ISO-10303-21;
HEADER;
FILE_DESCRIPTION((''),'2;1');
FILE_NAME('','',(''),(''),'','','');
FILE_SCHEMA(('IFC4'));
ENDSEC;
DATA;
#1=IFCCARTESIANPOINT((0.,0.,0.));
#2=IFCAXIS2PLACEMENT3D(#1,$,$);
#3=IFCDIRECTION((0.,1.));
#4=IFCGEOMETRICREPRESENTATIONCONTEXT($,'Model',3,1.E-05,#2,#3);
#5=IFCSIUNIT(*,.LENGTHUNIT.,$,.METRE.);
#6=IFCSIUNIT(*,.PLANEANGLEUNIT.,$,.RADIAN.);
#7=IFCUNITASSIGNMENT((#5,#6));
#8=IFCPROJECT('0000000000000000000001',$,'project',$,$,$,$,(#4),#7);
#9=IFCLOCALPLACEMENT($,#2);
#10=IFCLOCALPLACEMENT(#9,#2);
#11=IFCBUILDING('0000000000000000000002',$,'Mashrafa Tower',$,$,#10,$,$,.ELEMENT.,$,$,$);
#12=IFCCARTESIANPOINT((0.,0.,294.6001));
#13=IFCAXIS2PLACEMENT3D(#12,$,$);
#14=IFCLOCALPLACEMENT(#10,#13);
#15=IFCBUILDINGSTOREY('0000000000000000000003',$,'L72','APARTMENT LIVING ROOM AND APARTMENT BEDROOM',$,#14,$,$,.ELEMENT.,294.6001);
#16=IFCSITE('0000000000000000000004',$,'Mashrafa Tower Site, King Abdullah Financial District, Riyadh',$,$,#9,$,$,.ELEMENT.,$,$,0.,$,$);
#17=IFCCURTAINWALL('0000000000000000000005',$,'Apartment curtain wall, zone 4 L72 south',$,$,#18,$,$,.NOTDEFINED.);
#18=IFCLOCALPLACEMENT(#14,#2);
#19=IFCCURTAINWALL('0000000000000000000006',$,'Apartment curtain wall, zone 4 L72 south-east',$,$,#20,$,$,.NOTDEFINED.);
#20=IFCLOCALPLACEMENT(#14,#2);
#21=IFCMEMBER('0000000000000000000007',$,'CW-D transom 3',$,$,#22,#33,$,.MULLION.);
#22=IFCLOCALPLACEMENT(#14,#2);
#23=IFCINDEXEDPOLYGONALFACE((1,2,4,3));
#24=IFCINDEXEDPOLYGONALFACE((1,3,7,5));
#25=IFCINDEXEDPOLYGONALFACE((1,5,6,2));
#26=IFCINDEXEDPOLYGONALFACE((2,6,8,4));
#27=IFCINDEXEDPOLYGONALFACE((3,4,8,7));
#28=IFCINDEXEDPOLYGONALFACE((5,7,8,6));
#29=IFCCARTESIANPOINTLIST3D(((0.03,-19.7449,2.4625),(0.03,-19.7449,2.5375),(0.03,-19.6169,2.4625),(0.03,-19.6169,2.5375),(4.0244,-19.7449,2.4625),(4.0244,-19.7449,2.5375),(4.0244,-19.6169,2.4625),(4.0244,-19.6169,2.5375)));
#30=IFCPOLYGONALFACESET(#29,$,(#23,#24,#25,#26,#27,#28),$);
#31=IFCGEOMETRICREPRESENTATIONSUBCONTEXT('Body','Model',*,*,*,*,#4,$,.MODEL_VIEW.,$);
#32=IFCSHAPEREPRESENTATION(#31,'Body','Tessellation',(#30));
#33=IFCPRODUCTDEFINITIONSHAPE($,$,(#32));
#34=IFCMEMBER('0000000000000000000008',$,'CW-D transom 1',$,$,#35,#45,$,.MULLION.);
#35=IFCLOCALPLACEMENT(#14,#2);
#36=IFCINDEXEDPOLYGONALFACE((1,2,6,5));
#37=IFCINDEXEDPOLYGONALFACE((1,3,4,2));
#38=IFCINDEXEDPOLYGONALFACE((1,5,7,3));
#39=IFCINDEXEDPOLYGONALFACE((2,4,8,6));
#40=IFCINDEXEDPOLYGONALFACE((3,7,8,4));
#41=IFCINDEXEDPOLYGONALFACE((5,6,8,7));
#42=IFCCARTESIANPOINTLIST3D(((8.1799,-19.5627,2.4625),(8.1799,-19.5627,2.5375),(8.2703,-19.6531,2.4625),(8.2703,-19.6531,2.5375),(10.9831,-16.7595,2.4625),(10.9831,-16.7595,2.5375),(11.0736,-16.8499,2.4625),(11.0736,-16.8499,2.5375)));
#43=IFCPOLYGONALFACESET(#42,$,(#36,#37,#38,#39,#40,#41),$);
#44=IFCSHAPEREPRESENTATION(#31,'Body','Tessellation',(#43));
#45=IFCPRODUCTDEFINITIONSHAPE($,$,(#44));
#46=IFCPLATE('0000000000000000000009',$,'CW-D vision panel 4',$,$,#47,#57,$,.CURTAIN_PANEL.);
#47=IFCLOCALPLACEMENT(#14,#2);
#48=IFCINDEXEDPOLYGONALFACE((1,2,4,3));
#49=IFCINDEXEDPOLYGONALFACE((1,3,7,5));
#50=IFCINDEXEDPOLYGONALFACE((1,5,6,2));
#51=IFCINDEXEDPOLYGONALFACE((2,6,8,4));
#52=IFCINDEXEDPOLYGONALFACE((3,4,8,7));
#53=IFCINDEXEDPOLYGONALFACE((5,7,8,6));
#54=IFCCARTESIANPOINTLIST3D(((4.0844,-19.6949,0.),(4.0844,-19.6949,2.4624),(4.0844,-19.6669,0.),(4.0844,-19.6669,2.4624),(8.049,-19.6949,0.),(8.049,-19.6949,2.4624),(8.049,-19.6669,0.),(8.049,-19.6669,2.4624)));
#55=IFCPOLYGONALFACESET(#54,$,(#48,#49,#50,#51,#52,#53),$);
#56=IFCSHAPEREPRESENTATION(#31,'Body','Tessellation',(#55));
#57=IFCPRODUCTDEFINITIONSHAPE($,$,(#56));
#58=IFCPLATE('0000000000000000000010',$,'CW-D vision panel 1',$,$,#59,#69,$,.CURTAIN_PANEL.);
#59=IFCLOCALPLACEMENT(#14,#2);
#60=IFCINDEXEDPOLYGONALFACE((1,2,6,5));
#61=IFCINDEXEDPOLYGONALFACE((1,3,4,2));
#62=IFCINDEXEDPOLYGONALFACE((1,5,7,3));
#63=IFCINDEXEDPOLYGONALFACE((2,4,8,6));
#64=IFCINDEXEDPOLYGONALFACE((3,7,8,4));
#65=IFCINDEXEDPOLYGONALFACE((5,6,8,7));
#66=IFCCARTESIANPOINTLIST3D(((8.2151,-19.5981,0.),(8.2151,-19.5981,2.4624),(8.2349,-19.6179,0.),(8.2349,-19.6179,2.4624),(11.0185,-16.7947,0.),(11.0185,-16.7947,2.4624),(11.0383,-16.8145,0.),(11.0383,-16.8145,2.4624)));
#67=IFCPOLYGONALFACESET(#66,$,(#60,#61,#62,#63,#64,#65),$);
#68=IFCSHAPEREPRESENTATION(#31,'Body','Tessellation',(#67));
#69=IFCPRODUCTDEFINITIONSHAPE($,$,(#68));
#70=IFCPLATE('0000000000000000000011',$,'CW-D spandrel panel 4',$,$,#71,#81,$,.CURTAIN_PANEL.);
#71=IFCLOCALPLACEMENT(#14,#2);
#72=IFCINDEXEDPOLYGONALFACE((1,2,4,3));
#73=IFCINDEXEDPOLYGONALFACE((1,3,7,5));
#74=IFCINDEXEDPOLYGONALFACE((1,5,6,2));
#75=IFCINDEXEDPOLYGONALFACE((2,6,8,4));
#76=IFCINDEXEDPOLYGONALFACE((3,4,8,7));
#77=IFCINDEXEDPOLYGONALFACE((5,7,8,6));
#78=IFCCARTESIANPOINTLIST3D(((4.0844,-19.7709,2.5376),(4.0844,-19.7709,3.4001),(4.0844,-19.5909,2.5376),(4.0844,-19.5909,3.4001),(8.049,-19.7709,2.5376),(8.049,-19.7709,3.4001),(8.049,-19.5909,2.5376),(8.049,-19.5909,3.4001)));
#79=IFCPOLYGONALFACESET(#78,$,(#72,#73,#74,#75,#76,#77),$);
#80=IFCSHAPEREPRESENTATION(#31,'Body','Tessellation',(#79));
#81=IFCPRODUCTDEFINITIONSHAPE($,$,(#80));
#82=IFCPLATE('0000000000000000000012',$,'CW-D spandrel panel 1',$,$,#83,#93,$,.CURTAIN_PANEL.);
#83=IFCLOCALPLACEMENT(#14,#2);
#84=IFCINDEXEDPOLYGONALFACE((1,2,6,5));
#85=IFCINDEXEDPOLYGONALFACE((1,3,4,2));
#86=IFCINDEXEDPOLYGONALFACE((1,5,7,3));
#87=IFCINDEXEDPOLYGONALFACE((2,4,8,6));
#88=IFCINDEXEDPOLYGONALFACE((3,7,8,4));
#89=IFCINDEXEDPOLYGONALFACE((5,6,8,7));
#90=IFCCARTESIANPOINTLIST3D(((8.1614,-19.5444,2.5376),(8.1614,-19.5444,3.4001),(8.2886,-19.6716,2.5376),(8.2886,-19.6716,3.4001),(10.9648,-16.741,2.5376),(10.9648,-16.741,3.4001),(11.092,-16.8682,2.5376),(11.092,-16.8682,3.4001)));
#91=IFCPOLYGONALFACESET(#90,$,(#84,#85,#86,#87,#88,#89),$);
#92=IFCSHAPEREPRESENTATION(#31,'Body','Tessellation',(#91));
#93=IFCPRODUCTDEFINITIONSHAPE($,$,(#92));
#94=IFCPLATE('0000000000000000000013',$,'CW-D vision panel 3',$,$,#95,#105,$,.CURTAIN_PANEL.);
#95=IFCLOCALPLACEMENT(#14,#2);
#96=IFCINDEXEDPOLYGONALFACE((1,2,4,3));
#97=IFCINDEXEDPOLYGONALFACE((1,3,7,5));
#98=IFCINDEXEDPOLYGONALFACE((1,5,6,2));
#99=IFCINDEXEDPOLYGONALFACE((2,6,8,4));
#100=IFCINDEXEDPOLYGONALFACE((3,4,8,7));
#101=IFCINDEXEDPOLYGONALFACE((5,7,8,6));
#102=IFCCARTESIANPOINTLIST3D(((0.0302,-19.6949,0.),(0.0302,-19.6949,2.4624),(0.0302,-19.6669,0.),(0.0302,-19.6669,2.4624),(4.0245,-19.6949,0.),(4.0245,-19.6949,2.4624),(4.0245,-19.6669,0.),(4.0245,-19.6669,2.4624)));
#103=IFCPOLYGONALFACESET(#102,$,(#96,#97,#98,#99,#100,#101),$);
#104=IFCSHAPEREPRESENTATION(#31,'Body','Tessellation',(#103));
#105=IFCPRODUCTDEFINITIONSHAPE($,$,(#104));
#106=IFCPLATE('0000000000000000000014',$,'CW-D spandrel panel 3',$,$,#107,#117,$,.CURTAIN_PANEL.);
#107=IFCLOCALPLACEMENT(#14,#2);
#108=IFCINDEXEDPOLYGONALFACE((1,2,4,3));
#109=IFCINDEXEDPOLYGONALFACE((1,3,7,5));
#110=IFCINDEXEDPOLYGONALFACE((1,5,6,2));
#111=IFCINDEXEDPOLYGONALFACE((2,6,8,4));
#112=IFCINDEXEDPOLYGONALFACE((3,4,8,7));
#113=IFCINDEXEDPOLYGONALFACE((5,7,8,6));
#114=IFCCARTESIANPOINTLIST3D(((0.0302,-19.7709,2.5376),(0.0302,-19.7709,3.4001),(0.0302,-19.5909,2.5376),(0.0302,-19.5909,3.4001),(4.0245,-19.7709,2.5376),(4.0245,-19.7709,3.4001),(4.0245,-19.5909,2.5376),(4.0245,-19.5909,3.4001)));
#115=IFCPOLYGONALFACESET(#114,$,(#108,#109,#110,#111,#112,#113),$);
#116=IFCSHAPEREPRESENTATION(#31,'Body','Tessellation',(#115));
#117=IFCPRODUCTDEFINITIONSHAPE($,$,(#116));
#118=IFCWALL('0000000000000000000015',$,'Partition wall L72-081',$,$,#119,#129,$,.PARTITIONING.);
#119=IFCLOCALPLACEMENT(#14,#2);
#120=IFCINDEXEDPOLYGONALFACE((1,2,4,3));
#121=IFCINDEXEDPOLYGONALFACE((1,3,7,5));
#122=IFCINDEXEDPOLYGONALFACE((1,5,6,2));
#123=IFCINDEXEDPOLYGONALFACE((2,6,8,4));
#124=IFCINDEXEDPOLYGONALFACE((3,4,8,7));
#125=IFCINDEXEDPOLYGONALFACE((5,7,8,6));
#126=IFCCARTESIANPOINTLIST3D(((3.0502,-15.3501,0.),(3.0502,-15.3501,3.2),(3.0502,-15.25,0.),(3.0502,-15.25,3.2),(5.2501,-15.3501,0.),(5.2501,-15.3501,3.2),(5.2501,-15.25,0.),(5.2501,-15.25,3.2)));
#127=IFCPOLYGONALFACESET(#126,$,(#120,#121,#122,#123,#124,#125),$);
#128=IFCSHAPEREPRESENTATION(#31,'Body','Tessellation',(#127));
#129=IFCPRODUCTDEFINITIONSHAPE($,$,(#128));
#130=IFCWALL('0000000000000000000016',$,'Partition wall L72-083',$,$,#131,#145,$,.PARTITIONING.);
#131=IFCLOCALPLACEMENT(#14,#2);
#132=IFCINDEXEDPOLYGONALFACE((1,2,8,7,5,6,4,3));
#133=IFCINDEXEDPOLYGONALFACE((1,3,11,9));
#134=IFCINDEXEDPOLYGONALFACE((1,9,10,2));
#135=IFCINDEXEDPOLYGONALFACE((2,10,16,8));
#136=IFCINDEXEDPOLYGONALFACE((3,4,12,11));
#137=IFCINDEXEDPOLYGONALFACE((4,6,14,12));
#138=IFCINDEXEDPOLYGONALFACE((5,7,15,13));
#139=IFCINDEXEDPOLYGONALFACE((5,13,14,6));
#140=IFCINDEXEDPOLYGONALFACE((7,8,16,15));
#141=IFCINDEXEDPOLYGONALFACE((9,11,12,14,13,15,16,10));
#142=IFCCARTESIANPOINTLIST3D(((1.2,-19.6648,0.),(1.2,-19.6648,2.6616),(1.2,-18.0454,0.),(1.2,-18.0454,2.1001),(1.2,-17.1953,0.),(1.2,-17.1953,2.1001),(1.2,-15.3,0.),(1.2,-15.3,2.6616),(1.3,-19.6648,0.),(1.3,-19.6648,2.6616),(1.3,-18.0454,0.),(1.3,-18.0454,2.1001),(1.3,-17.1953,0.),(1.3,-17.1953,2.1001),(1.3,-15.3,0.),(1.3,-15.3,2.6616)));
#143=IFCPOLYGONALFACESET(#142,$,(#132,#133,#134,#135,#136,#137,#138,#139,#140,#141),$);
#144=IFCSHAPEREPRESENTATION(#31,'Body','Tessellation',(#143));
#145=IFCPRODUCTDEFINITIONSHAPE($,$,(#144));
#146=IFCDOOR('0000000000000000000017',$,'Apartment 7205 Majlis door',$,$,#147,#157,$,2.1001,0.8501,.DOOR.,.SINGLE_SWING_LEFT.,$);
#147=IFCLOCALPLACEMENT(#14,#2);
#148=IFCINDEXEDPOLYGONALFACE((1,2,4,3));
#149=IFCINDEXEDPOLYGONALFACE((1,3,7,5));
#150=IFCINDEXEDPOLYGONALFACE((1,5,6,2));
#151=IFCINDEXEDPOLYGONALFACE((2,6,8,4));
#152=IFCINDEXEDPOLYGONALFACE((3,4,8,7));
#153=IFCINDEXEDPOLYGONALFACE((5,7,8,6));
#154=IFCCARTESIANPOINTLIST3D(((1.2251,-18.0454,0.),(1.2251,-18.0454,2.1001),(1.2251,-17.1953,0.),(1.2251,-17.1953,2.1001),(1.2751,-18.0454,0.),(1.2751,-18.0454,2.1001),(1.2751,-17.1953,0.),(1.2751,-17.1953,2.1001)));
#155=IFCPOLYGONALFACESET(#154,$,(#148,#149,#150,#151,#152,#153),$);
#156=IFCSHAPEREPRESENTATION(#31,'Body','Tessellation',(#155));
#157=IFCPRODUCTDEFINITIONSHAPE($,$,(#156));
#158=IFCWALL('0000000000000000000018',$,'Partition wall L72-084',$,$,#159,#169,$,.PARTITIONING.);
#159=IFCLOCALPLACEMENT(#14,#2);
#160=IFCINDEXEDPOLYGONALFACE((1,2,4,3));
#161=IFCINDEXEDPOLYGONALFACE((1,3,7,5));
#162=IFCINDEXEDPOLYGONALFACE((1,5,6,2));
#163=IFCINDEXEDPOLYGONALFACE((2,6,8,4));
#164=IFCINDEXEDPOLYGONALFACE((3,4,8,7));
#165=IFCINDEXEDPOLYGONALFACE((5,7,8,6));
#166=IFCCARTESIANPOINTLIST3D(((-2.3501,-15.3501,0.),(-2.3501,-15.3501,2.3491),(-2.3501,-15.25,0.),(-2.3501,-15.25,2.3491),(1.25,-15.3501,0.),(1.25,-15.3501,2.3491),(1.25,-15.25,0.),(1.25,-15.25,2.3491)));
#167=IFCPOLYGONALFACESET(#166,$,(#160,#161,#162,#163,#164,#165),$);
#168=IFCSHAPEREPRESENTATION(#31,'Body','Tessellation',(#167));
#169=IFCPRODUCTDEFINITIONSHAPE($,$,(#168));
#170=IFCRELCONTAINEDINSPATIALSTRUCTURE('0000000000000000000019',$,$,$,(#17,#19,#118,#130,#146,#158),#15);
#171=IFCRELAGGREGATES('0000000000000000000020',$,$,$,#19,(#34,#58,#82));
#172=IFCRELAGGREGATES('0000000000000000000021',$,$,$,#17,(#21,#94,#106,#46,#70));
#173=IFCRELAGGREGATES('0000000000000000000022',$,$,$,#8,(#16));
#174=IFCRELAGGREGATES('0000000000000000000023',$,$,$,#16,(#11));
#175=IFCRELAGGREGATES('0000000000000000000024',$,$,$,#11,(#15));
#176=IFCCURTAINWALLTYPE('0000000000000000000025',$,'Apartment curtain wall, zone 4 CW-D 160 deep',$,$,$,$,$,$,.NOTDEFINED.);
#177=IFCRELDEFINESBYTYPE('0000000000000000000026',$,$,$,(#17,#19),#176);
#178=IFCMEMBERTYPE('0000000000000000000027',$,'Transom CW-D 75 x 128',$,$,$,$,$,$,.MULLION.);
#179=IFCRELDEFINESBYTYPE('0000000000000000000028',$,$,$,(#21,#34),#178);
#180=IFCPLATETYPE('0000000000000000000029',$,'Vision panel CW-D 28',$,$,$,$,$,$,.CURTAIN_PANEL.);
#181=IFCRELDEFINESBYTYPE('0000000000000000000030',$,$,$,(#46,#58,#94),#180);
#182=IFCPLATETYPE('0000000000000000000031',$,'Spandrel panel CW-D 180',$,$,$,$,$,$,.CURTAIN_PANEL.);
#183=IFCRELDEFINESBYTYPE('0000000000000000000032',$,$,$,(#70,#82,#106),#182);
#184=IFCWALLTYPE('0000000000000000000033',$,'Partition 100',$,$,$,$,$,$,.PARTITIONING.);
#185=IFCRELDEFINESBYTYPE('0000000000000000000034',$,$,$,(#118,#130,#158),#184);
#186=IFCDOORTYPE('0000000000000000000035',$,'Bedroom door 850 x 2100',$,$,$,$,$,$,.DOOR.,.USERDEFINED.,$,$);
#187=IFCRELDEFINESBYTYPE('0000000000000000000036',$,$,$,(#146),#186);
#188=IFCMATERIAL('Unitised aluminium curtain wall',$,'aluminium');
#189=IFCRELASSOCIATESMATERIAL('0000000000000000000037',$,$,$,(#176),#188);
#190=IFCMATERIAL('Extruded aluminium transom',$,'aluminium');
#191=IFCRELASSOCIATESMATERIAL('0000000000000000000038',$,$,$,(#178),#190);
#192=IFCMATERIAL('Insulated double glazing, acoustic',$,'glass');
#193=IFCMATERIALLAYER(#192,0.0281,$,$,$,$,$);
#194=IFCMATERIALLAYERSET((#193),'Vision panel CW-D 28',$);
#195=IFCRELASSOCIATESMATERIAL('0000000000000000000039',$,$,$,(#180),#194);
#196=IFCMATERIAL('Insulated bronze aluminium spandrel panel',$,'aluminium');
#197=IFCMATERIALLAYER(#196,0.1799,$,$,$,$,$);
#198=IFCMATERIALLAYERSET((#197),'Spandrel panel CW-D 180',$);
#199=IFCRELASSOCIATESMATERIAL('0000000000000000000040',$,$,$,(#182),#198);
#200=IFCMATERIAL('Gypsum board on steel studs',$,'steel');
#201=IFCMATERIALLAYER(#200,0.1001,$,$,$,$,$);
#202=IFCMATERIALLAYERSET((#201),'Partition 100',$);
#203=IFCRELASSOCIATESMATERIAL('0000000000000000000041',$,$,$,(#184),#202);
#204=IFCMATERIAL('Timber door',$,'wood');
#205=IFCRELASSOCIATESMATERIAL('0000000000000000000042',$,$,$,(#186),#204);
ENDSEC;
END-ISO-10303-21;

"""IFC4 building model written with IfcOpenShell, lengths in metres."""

from ifc_helpers import new_model, si_unit, direction, frame, frame_2d, origin, origin_2d, place, context, subcontext, project, spatial, rectangle, extrude, source, transform, mapped, material, layer, layer_set, material_profile, profile_set, type_object, type_shapes, element, fill, aggregate, save


model = new_model("IFC4")

# Units and contexts
model_context = context("Model", 3, precision=1e-05, world=origin(), true_north=direction((0.0, 1.0)))
body_context = subcontext(model_context, "Body", "Model", "MODEL_VIEW")
ifc_project = project(units=[si_unit("LENGTHUNIT", "METRE"), si_unit("PLANEANGLEUNIT", "RADIAN")], contexts=[model_context])

# Site, building, storey
site_placement = place(None, origin())
site = spatial("IfcSite", under=ifc_project, at=site_placement, Name="Mashrafa Tower Site, King Abdullah Financial District, Riyadh", CompositionType="ELEMENT", RefElevation=0.0)
building_placement = place(site_placement, origin())
building = spatial("IfcBuilding", under=site, at=building_placement, Name="Mashrafa Tower", CompositionType="ELEMENT")
storey_placement = place(building_placement, frame((0.0, 0.0, 294.6001)))
storey = spatial("IfcBuildingStorey", under=building, at=storey_placement, Name="L72", Description="APARTMENT LIVING ROOM AND APARTMENT BEDROOM", CompositionType="ELEMENT", Elevation=294.6001)

# Curtain wall
ifc_material_1 = material(Name="Unitised aluminium curtain wall", Category="aluminium")
curtain_wall_type = type_object("IfcCurtainWallType", Name="Apartment curtain wall, zone 4 CW-D 160 deep", PredefinedType="NOTDEFINED", material=ifc_material_1)
curtain_wall_1_placement = place(storey_placement, origin())
curtain_wall_1 = element("IfcCurtainWall", 1, at=curtain_wall_1_placement, inside=storey, type_object=curtain_wall_type, Name="Apartment curtain wall, zone 4 L72 south", PredefinedType="NOTDEFINED")

# Curtain wall
curtain_wall_2_placement = place(storey_placement, origin())
curtain_wall_2 = element("IfcCurtainWall", 2, at=curtain_wall_2_placement, inside=storey, type_object=curtain_wall_type, Name="Apartment curtain wall, zone 4 L72 south-east", PredefinedType="NOTDEFINED")

# Members
ifc_material_2 = material(Name="Extruded aluminium transom", Category="aluminium")
ifc_material_profile_1 = material_profile(ifc_material_2, rectangle(XDim=0.1279, YDim=0.075, at=origin_2d()), Name="Transom 75x128")
ifc_profile_set_1 = profile_set([ifc_material_profile_1], Name="Extruded aluminium transom")
member_type_1 = type_object("IfcMemberType", Name="Transom CW-D 75 x 128", PredefinedType="MULLION", material=ifc_profile_set_1)
shared_shape_1 = source(origin(), body_context, "Body", "SweptSolid", [
    extrude(rectangle(XDim=0.1279, YDim=0.075, at=origin_2d()), origin(), (0.0, 0.0, 1.0), 3.9944),
])
member_1_placement = place(storey_placement, frame((0.03, -19.6809, 2.5), z_axis=(1.0, 0.0, 0.0), x_axis=(0.0, 1.0, 0.0)))
member_1 = element("IfcMember", 3, at=member_1_placement, type_object=member_type_1, Name="CW-D transom 3", PredefinedType="MULLION", context=body_context, shape_type="MappedRepresentation", body=[
    mapped(shared_shape_1, transform((0.0, 0.0, 0.0))),
])
shared_shape_2 = source(origin(), body_context, "Body", "SweptSolid", [
    extrude(rectangle(XDim=0.1279, YDim=0.075, at=origin_2d()), origin(), (0.0, 0.0, 1.0), 3.9644),
])
member_2_placement = place(storey_placement, frame((8.2251, -19.6079, 2.5), z_axis=(0.707107, 0.707107, 0.0), x_axis=(-0.707107, 0.707107, 0.0)))
member_2 = element("IfcMember", 4, at=member_2_placement, type_object=member_type_1, Name="CW-D transom 1", PredefinedType="MULLION", context=body_context, shape_type="MappedRepresentation", body=[
    mapped(shared_shape_2, transform((0.0, 0.0, 0.0))),
])

# Plates
ifc_material_3 = material(Name="Insulated double glazing, acoustic", Category="glass")
ifc_layer_1 = layer(ifc_material_3, 0.0281)
ifc_layer_set_1 = layer_set([ifc_layer_1], Name="Vision panel CW-D 28")
plate_type_1 = type_object("IfcPlateType", Name="Vision panel CW-D 28", PredefinedType="CURTAIN_PANEL", material=ifc_layer_set_1)
shared_shape_3 = source(origin(), body_context, "Body", "SweptSolid", [
    extrude(rectangle(XDim=3.9646, YDim=0.0281, at=origin_2d()), origin(), (0.0, 0.0, 1.0), 2.4624),
])
plate_1_placement = place(storey_placement, frame((6.0667, -19.6809, 0.0), z_axis=(0.0, 0.0, 1.0), x_axis=(1.0, 0.0, 0.0)))
plate_1 = element("IfcPlate", 5, at=plate_1_placement, type_object=plate_type_1, Name="CW-D vision panel 4", PredefinedType="CURTAIN_PANEL", context=body_context, shape_type="MappedRepresentation", body=[
    mapped(shared_shape_3, transform((0.0, 0.0, 0.0))),
])
plate_2_placement = place(storey_placement, frame((9.6267, -18.2063, 0.0), z_axis=(0.0, 0.0, 1.0), x_axis=(0.707107, 0.707107, 0.0)))
plate_2 = element("IfcPlate", 6, at=plate_2_placement, type_object=plate_type_1, Name="CW-D vision panel 1", PredefinedType="CURTAIN_PANEL", context=body_context, shape_type="MappedRepresentation", body=[
    mapped(shared_shape_3, transform((0.0, 0.0, 0.0))),
])
ifc_material_4 = material(Name="Insulated bronze aluminium spandrel panel", Category="aluminium")
ifc_layer_2 = layer(ifc_material_4, 0.1799)
ifc_layer_set_2 = layer_set([ifc_layer_2], Name="Spandrel panel CW-D 180")
plate_type_2 = type_object("IfcPlateType", Name="Spandrel panel CW-D 180", PredefinedType="CURTAIN_PANEL", material=ifc_layer_set_2)
shared_shape_4 = source(origin(), body_context, "Body", "SweptSolid", [
    extrude(rectangle(XDim=3.9646, YDim=0.1799, at=origin_2d()), origin(), (0.0, 0.0, 1.0), 0.8625),
])
plate_3_placement = place(storey_placement, frame((6.0667, -19.6809, 2.5376), z_axis=(0.0, 0.0, 1.0), x_axis=(1.0, 0.0, 0.0)))
plate_3 = element("IfcPlate", 7, at=plate_3_placement, type_object=plate_type_2, Name="CW-D spandrel panel 4", PredefinedType="CURTAIN_PANEL", context=body_context, shape_type="MappedRepresentation", body=[
    mapped(shared_shape_4, transform((0.0, 0.0, 0.0))),
])
plate_4_placement = place(storey_placement, frame((9.6267, -18.2063, 2.5376), z_axis=(0.0, 0.0, 1.0), x_axis=(0.707107, 0.707107, 0.0)))
plate_4 = element("IfcPlate", 8, at=plate_4_placement, type_object=plate_type_2, Name="CW-D spandrel panel 1", PredefinedType="CURTAIN_PANEL", context=body_context, shape_type="MappedRepresentation", body=[
    mapped(shared_shape_4, transform((0.0, 0.0, 0.0))),
])
aggregate(curtain_wall_2, [member_2, plate_2, plate_4])
shared_shape_5 = source(origin(), body_context, "Body", "SweptSolid", [
    extrude(rectangle(XDim=3.9944, YDim=0.0281, at=origin_2d()), origin(), (0.0, 0.0, 1.0), 2.4624),
])
type_shapes(plate_type_1, [shared_shape_3, shared_shape_5])
plate_5_placement = place(storey_placement, frame((2.0273, -19.6809, 0.0), z_axis=(0.0, 0.0, 1.0), x_axis=(1.0, 0.0, 0.0)))
plate_5 = element("IfcPlate", 9, at=plate_5_placement, type_object=plate_type_1, Name="CW-D vision panel 3", PredefinedType="CURTAIN_PANEL", context=body_context, shape_type="MappedRepresentation", body=[
    mapped(shared_shape_5, transform((0.0, 0.0, 0.0))),
])
shared_shape_6 = source(origin(), body_context, "Body", "SweptSolid", [
    extrude(rectangle(XDim=3.9944, YDim=0.1799, at=origin_2d()), origin(), (0.0, 0.0, 1.0), 0.8625),
])
type_shapes(plate_type_2, [shared_shape_4, shared_shape_6])
plate_6_placement = place(storey_placement, frame((2.0273, -19.6809, 2.5376), z_axis=(0.0, 0.0, 1.0), x_axis=(1.0, 0.0, 0.0)))
plate_6 = element("IfcPlate", 10, at=plate_6_placement, type_object=plate_type_2, Name="CW-D spandrel panel 3", PredefinedType="CURTAIN_PANEL", context=body_context, shape_type="MappedRepresentation", body=[
    mapped(shared_shape_6, transform((0.0, 0.0, 0.0))),
])
aggregate(curtain_wall_1, [member_1, plate_5, plate_6, plate_1, plate_3])

# Wall
ifc_material_5 = material(Name="Gypsum board on steel studs", Category="steel")
ifc_layer_3 = layer(ifc_material_5, 0.1001)
ifc_layer_set_3 = layer_set([ifc_layer_3], Name="Partition 100")
wall_type = type_object("IfcWallType", Name="Partition 100", PredefinedType="PARTITIONING", material=ifc_layer_set_3)
wall_1_placement = place(storey_placement, frame((3.05, -15.3, 0.0), z_axis=(0.0, 0.0, 1.0), x_axis=(1.0, 0.0, 0.0)))
element("IfcWall", 11, at=wall_1_placement, inside=storey, type_object=wall_type, Name="Partition wall L72-081", PredefinedType="PARTITIONING", context=body_context, shape_type="SweptSolid", body=[
    extrude(rectangle(XDim=2.2, YDim=0.1001, at=frame_2d((1.1001, 0.0))), origin(), (0.0, 0.0, 1.0), 3.2),
])

# Wall, opening, door
wall_2_placement = place(storey_placement, frame((1.25, -19.6648, 0.0), z_axis=(0.0, 0.0, 1.0), x_axis=(0.0, 1.0, 0.0)))
wall_2 = element("IfcWall", 12, at=wall_2_placement, inside=storey, type_object=wall_type, Name="Partition wall L72-083", PredefinedType="PARTITIONING", context=body_context, shape_type="SweptSolid", body=[
    extrude(rectangle(XDim=4.3647, YDim=0.1001, at=frame_2d((2.1824, 0.0))), origin(), (0.0, 0.0, 1.0), 2.6616),
])
opening_placement = place(wall_2_placement, frame((1.6194, 0.0, 0.0)))
opening = element("IfcOpeningElement", 13, at=opening_placement, cuts=wall_2, PredefinedType="OPENING", context=body_context, shape_type="SweptSolid", body=[
    extrude(rectangle(XDim=0.8501, YDim=2.1001, at=frame_2d((0.425, 1.05))), frame((0.0, 0.0601, 0.0), z_axis=(0.0, -1.0, 0.0), x_axis=(1.0, 0.0, 0.0)), (0.0, 0.0, 1.0), 0.1201),
])
ifc_material_6 = material(Name="Timber door", Category="wood")
door_type = type_object("IfcDoorType", Name="Bedroom door 850 x 2100", OperationType="USERDEFINED", PredefinedType="DOOR", material=ifc_material_6)
door_placement = place(opening_placement, origin())
door = element("IfcDoor", 14, at=door_placement, inside=storey, type_object=door_type, Name="Apartment 7205 Majlis door", OperationType="SINGLE_SWING_LEFT", OverallHeight=2.1001, OverallWidth=0.8501, PredefinedType="DOOR", context=body_context, shape_type="SweptSolid", body=[
    extrude(rectangle(XDim=0.8501, YDim=2.1001, at=frame_2d((0.425, 1.05))), frame((0.0, 0.0249, 0.0), z_axis=(0.0, -1.0, 0.0), x_axis=(1.0, 0.0, 0.0)), (0.0, 0.0, 1.0), 0.05),
])
fill(opening, door)

# Wall
wall_3_placement = place(storey_placement, frame((1.25, -15.3, 0.0), z_axis=(0.0, 0.0, 1.0), x_axis=(-1.0, 0.0, 0.0)))
element("IfcWall", 15, at=wall_3_placement, inside=storey, type_object=wall_type, Name="Partition wall L72-084", PredefinedType="PARTITIONING", context=body_context, shape_type="SweptSolid", body=[
    extrude(rectangle(XDim=3.6001, YDim=0.1001, at=frame_2d((1.8, 0.0))), origin(), (0.0, 0.0, 1.0), 2.3491),
])

save(model, "model.ifc")
